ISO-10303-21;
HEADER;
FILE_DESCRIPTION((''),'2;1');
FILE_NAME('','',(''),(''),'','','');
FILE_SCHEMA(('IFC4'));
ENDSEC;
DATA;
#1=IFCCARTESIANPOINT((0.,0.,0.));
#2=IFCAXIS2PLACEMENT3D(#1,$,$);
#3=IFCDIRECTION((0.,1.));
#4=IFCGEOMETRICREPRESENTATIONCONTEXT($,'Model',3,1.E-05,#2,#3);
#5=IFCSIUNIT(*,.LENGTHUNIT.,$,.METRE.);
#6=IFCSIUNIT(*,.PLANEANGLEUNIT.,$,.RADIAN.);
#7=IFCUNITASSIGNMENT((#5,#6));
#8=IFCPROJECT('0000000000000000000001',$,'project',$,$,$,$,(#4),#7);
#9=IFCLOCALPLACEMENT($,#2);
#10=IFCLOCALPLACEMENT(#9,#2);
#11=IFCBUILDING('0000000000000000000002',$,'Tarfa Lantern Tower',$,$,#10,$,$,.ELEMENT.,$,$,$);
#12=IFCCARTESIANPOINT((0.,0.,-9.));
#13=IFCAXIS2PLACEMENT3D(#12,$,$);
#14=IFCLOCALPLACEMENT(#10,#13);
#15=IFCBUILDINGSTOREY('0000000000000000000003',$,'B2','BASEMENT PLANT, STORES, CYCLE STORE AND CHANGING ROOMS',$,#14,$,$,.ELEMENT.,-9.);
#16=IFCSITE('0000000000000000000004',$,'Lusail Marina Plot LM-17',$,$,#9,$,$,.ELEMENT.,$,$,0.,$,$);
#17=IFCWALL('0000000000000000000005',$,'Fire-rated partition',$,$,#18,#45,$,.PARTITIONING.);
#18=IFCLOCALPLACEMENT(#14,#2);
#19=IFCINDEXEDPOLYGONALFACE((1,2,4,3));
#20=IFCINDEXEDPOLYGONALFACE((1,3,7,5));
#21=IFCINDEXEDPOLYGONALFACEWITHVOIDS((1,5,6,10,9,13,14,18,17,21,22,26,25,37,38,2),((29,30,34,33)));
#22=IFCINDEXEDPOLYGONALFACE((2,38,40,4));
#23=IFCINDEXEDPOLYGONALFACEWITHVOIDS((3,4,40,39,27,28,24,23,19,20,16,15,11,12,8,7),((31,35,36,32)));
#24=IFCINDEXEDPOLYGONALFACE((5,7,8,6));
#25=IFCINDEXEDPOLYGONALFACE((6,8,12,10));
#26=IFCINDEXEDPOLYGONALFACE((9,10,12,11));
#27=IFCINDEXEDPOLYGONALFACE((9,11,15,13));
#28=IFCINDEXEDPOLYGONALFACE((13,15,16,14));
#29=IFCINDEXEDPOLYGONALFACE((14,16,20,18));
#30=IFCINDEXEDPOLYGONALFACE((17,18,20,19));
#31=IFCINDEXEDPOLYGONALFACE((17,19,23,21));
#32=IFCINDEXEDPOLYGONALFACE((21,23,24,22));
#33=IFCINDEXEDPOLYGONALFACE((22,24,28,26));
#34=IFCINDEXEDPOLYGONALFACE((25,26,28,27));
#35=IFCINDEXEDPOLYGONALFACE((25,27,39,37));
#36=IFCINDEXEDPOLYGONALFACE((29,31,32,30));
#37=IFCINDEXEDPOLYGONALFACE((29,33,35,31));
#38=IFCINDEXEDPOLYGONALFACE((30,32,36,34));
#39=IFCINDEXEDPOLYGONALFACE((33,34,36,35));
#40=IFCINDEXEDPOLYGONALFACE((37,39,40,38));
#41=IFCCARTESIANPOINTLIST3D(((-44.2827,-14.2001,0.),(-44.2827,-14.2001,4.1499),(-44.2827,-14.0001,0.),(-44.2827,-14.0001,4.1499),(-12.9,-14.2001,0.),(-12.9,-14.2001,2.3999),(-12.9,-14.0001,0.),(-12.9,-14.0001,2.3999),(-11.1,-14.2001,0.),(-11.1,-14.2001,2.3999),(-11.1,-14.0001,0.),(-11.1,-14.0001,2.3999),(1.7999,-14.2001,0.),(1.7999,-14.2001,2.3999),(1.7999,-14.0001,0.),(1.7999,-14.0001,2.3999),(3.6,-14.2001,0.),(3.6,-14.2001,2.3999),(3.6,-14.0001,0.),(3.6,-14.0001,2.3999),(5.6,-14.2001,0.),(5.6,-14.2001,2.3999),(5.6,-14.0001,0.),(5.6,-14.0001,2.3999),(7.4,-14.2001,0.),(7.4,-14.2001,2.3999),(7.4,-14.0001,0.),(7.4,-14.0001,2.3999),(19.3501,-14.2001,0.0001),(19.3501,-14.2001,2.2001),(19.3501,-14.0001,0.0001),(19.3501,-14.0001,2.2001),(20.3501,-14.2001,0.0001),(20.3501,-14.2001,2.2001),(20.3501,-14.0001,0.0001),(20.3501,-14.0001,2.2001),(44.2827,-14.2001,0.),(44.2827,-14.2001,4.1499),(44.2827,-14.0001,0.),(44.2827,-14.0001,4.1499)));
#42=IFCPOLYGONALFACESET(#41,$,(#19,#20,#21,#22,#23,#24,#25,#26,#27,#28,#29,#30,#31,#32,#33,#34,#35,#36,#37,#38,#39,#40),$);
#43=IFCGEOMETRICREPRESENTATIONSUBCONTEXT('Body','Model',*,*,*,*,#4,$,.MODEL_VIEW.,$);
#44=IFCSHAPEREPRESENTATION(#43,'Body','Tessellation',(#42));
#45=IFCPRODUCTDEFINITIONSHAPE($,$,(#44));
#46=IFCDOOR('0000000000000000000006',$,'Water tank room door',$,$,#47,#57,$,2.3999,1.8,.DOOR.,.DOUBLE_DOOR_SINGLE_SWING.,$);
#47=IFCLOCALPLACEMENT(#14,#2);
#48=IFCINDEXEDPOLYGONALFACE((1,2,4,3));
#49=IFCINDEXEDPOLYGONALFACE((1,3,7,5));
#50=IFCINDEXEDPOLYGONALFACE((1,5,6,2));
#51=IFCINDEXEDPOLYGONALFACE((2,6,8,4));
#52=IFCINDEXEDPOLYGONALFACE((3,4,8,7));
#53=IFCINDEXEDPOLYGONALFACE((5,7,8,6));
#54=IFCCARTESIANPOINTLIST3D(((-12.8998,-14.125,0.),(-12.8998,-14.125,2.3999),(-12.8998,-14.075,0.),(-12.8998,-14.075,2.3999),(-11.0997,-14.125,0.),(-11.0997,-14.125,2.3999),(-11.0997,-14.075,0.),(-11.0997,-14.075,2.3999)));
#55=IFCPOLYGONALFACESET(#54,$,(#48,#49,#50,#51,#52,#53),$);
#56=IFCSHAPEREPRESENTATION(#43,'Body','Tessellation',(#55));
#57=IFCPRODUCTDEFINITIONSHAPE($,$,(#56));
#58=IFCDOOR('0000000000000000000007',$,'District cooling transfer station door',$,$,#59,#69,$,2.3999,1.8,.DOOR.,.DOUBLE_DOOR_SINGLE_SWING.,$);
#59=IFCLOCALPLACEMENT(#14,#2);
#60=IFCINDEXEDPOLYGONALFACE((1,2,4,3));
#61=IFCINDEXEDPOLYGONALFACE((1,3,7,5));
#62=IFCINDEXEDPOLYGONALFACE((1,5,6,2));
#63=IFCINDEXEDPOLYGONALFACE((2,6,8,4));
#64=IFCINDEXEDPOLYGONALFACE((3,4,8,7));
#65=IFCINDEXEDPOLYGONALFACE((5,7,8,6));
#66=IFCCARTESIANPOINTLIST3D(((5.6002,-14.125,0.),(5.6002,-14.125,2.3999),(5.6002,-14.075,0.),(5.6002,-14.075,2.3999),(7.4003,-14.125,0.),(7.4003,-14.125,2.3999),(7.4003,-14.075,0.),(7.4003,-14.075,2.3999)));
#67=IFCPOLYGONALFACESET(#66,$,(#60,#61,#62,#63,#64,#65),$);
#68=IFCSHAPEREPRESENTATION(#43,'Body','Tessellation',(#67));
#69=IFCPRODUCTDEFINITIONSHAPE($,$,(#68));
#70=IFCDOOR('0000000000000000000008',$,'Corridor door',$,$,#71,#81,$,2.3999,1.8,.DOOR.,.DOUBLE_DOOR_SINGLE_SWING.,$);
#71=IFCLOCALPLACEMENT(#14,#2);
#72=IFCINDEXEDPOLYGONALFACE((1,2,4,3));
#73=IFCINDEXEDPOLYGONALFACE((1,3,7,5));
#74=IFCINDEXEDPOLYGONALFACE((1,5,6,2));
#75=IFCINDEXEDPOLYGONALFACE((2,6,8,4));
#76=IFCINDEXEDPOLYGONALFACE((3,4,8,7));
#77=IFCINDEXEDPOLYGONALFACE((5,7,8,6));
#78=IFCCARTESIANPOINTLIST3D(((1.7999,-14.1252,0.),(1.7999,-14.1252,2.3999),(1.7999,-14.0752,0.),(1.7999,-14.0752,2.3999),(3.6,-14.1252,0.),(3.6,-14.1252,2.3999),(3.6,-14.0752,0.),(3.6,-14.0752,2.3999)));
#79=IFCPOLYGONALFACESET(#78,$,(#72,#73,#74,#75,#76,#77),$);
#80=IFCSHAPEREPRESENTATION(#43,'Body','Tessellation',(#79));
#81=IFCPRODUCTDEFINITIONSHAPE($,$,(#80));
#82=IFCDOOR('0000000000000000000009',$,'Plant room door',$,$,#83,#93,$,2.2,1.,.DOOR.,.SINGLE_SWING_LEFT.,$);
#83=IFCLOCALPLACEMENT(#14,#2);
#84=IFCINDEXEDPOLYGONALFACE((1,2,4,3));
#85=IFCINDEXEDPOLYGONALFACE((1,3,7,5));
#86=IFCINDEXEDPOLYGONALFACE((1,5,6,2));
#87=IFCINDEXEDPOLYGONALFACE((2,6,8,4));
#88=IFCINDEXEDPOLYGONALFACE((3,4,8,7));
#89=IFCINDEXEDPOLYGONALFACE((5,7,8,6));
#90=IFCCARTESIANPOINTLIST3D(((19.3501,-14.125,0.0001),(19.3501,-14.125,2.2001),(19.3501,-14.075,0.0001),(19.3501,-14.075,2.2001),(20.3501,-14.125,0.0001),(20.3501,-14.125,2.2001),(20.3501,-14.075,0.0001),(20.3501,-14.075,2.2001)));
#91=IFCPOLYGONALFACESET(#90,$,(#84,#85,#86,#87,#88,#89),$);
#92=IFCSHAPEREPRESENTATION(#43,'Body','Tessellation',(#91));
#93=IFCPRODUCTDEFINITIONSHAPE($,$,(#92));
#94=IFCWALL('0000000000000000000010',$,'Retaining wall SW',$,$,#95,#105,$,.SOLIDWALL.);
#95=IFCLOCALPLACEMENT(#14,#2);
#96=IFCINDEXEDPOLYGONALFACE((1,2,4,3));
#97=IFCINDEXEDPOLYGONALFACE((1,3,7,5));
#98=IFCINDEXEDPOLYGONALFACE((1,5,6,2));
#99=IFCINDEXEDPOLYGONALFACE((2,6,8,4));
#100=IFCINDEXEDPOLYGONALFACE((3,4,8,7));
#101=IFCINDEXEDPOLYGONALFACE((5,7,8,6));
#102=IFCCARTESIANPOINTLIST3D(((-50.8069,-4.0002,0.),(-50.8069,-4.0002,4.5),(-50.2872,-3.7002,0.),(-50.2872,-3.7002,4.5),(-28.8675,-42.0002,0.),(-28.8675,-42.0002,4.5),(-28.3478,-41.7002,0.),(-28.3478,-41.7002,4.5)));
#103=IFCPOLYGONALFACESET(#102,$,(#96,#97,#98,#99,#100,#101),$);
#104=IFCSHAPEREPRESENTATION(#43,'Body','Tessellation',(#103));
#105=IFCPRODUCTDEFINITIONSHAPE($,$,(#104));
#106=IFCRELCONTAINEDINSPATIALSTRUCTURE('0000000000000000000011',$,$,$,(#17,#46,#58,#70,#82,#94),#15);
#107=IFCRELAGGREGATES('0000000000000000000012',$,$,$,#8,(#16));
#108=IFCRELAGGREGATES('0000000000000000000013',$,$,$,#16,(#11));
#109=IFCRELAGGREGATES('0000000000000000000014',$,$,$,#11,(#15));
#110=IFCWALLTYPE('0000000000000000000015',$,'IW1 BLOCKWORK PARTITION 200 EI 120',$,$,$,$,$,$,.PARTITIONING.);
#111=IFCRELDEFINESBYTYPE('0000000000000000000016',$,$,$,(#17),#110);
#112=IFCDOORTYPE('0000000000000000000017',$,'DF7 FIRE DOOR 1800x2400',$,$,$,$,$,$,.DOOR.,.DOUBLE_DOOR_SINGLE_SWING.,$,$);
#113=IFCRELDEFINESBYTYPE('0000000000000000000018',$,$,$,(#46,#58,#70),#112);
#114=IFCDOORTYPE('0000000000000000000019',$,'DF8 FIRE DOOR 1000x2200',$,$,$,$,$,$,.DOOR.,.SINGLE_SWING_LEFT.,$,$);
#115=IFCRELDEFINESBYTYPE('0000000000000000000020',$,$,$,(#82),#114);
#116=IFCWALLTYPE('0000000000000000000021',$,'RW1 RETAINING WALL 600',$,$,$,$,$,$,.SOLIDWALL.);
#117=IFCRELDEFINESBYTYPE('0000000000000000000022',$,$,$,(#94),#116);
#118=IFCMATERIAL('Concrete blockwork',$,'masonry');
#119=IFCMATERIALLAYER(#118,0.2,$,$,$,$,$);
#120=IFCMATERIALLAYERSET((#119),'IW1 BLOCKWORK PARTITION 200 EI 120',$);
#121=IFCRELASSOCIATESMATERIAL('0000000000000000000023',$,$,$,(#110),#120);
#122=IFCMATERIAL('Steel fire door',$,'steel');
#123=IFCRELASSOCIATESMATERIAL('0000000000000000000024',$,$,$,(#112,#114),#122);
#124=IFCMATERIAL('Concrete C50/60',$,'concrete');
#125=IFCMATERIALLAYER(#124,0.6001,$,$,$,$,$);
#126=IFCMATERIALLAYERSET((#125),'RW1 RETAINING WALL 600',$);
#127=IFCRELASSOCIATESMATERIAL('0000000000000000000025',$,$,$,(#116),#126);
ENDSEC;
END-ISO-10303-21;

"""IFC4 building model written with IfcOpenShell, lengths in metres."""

from ifc_helpers import new_model, si_unit, direction, frame, frame_2d, origin, place, context, subcontext, project, spatial, rectangle, extrude, material, layer, layer_set, type_object, element, fill, save


model = new_model("IFC4")

# Units and contexts
model_context = context("Model", 3, precision=1e-05, world=origin(), true_north=direction((0.0, 1.0)))
body_context = subcontext(model_context, "Body", "Model", "MODEL_VIEW")
ifc_project = project(units=[si_unit("LENGTHUNIT", "METRE"), si_unit("PLANEANGLEUNIT", "RADIAN")], contexts=[model_context])

# Site, building, storey
site_placement = place(None, origin())
site = spatial("IfcSite", under=ifc_project, at=site_placement, Name="Lusail Marina Plot LM-17", CompositionType="ELEMENT", RefElevation=0.0)
building_placement = place(site_placement, origin())
building = spatial("IfcBuilding", under=site, at=building_placement, Name="Tarfa Lantern Tower", CompositionType="ELEMENT")
storey_placement = place(building_placement, frame((0.0, 0.0, -9.0)))
storey = spatial("IfcBuildingStorey", under=building, at=storey_placement, Name="B2", Description="BASEMENT PLANT, STORES, CYCLE STORE AND CHANGING ROOMS", CompositionType="ELEMENT", Elevation=-9.0)

# Wall, openings, doors
ifc_material_1 = material(Name="Concrete blockwork", Category="masonry")
ifc_layer_1 = layer(ifc_material_1, 0.2)
ifc_layer_set_1 = layer_set([ifc_layer_1], Name="IW1 BLOCKWORK PARTITION 200 EI 120")
wall_type_1 = type_object("IfcWallType", Name="IW1 BLOCKWORK PARTITION 200 EI 120", PredefinedType="PARTITIONING", material=ifc_layer_set_1)
wall_1_placement = place(storey_placement, frame((-44.2827, -14.1001, 0.0), z_axis=(0.0, 0.0, 1.0), x_axis=(1.0, 0.0, 0.0)))
wall_1 = element("IfcWall", 1, at=wall_1_placement, inside=storey, type_object=wall_type_1, Name="Fire-rated partition", PredefinedType="PARTITIONING", context=body_context, shape_type="SweptSolid", body=[
    extrude(rectangle(XDim=88.5654, YDim=0.2, at=frame_2d((44.2827, 0.0))), origin(), (0.0, 0.0, 1.0), 4.1499),
])
opening_1_placement = place(wall_1_placement, frame((31.3828, 0.0, 0.0)))
opening_1 = element("IfcOpeningElement", 2, at=opening_1_placement, cuts=wall_1, PredefinedType="OPENING", context=body_context, shape_type="SweptSolid", body=[
    extrude(rectangle(XDim=1.8, YDim=2.3999, at=frame_2d((0.8999, 1.2))), frame((0.0, 0.1099, 0.0), z_axis=(0.0, -1.0, 0.0), x_axis=(1.0, 0.0, 0.0)), (0.0, 0.0, 1.0), 0.22),
])
opening_2_placement = place(wall_1_placement, frame((49.8828, 0.0, 0.0)))
opening_2 = element("IfcOpeningElement", 3, at=opening_2_placement, cuts=wall_1, PredefinedType="OPENING", context=body_context, shape_type="SweptSolid", body=[
    extrude(rectangle(XDim=1.8, YDim=2.3999, at=frame_2d((0.8999, 1.2))), frame((0.0, 0.1099, 0.0), z_axis=(0.0, -1.0, 0.0), x_axis=(1.0, 0.0, 0.0)), (0.0, 0.0, 1.0), 0.22),
])
opening_3_placement = place(wall_1_placement, frame((46.0828, 0.0, 0.0)))
opening_3 = element("IfcOpeningElement", 4, at=opening_3_placement, cuts=wall_1, PredefinedType="OPENING", context=body_context, shape_type="SweptSolid", body=[
    extrude(rectangle(XDim=1.8, YDim=2.3999, at=frame_2d((0.8999, 1.2))), frame((0.0, 0.1099, 0.0), z_axis=(0.0, -1.0, 0.0), x_axis=(1.0, 0.0, 0.0)), (0.0, 0.0, 1.0), 0.22),
])
opening_4_placement = place(wall_1_placement, frame((63.6328, 0.0, 0.0)))
opening_4 = element("IfcOpeningElement", 5, at=opening_4_placement, cuts=wall_1, PredefinedType="OPENING", context=body_context, shape_type="SweptSolid", body=[
    extrude(rectangle(XDim=1.0, YDim=2.2, at=frame_2d((0.5, 1.1001))), frame((0.0, 0.1099, 0.0), z_axis=(0.0, -1.0, 0.0), x_axis=(1.0, 0.0, 0.0)), (0.0, 0.0, 1.0), 0.22),
])
ifc_material_2 = material(Name="Steel fire door", Category="steel")
door_type_1 = type_object("IfcDoorType", Name="DF7 FIRE DOOR 1800x2400", OperationType="DOUBLE_DOOR_SINGLE_SWING", PredefinedType="DOOR", material=ifc_material_2)
door_1_placement = place(opening_1_placement, frame((1.8, 0.0, 0.0), z_axis=(0.0, 0.0, 1.0), x_axis=(-1.0, 0.0, 0.0)))
door_1 = element("IfcDoor", 6, at=door_1_placement, inside=storey, type_object=door_type_1, Name="Water tank room door", OperationType="DOUBLE_DOOR_SINGLE_SWING", OverallHeight=2.3999, OverallWidth=1.8, PredefinedType="DOOR", context=body_context, shape_type="SweptSolid", body=[
    extrude(rectangle(XDim=1.8, YDim=2.3999, at=frame_2d((0.8999, 1.2))), frame((0.0, 0.0249, 0.0), z_axis=(0.0, -1.0, 0.0), x_axis=(1.0, 0.0, 0.0)), (0.0, 0.0, 1.0), 0.05),
])
fill(opening_1, door_1)
door_2_placement = place(opening_2_placement, frame((1.8, 0.0, 0.0), z_axis=(0.0, 0.0, 1.0), x_axis=(-1.0, 0.0, 0.0)))
door_2 = element("IfcDoor", 7, at=door_2_placement, inside=storey, type_object=door_type_1, Name="District cooling transfer station door", OperationType="DOUBLE_DOOR_SINGLE_SWING", OverallHeight=2.3999, OverallWidth=1.8, PredefinedType="DOOR", context=body_context, shape_type="SweptSolid", body=[
    extrude(rectangle(XDim=1.8, YDim=2.3999, at=frame_2d((0.8999, 1.2))), frame((0.0, 0.0249, 0.0), z_axis=(0.0, -1.0, 0.0), x_axis=(1.0, 0.0, 0.0)), (0.0, 0.0, 1.0), 0.05),
])
fill(opening_2, door_2)
door_3_placement = place(opening_3_placement, origin())
door_3 = element("IfcDoor", 8, at=door_3_placement, inside=storey, type_object=door_type_1, Name="Corridor door", OperationType="DOUBLE_DOOR_SINGLE_SWING", OverallHeight=2.3999, OverallWidth=1.8, PredefinedType="DOOR", context=body_context, shape_type="SweptSolid", body=[
    extrude(rectangle(XDim=1.8, YDim=2.3999, at=frame_2d((0.8999, 1.2))), frame((0.0, 0.0249, 0.0), z_axis=(0.0, -1.0, 0.0), x_axis=(1.0, 0.0, 0.0)), (0.0, 0.0, 1.0), 0.05),
])
fill(opening_3, door_3)
door_type_2 = type_object("IfcDoorType", Name="DF8 FIRE DOOR 1000x2200", OperationType="SINGLE_SWING_LEFT", PredefinedType="DOOR", material=ifc_material_2)
door_4_placement = place(opening_4_placement, frame((1.0, 0.0, 0.0), z_axis=(0.0, 0.0, 1.0), x_axis=(-1.0, 0.0, 0.0)))
door_4 = element("IfcDoor", 9, at=door_4_placement, inside=storey, type_object=door_type_2, Name="Plant room door", OperationType="SINGLE_SWING_LEFT", OverallHeight=2.2, OverallWidth=1.0, PredefinedType="DOOR", context=body_context, shape_type="SweptSolid", body=[
    extrude(rectangle(XDim=1.0, YDim=2.2, at=frame_2d((0.5, 1.1001))), frame((0.0, 0.0249, 0.0), z_axis=(0.0, -1.0, 0.0), x_axis=(1.0, 0.0, 0.0)), (0.0, 0.0, 1.0), 0.05),
])
fill(opening_4, door_4)

# Wall
ifc_material_3 = material(Name="Concrete C50/60", Category="concrete")
ifc_layer_2 = layer(ifc_material_3, 0.6001)
ifc_layer_set_2 = layer_set([ifc_layer_2], Name="RW1 RETAINING WALL 600")
wall_type_2 = type_object("IfcWallType", Name="RW1 RETAINING WALL 600", PredefinedType="SOLIDWALL", material=ifc_layer_set_2)
wall_2_placement = place(storey_placement, frame((-50.5471, -3.8501, 0.0), z_axis=(0.0, 0.0, 1.0), x_axis=(0.500002, -0.866024, 0.0)))
element("IfcWall", 10, at=wall_2_placement, inside=storey, type_object=wall_type_2, Name="Retaining wall SW", PredefinedType="SOLIDWALL", context=body_context, shape_type="SweptSolid", body=[
    extrude(rectangle(XDim=43.8787, YDim=0.6001, at=frame_2d((21.9395, 0.0))), origin(), (0.0, 0.0, 1.0), 4.5),
])

save(model, "model.ifc")
